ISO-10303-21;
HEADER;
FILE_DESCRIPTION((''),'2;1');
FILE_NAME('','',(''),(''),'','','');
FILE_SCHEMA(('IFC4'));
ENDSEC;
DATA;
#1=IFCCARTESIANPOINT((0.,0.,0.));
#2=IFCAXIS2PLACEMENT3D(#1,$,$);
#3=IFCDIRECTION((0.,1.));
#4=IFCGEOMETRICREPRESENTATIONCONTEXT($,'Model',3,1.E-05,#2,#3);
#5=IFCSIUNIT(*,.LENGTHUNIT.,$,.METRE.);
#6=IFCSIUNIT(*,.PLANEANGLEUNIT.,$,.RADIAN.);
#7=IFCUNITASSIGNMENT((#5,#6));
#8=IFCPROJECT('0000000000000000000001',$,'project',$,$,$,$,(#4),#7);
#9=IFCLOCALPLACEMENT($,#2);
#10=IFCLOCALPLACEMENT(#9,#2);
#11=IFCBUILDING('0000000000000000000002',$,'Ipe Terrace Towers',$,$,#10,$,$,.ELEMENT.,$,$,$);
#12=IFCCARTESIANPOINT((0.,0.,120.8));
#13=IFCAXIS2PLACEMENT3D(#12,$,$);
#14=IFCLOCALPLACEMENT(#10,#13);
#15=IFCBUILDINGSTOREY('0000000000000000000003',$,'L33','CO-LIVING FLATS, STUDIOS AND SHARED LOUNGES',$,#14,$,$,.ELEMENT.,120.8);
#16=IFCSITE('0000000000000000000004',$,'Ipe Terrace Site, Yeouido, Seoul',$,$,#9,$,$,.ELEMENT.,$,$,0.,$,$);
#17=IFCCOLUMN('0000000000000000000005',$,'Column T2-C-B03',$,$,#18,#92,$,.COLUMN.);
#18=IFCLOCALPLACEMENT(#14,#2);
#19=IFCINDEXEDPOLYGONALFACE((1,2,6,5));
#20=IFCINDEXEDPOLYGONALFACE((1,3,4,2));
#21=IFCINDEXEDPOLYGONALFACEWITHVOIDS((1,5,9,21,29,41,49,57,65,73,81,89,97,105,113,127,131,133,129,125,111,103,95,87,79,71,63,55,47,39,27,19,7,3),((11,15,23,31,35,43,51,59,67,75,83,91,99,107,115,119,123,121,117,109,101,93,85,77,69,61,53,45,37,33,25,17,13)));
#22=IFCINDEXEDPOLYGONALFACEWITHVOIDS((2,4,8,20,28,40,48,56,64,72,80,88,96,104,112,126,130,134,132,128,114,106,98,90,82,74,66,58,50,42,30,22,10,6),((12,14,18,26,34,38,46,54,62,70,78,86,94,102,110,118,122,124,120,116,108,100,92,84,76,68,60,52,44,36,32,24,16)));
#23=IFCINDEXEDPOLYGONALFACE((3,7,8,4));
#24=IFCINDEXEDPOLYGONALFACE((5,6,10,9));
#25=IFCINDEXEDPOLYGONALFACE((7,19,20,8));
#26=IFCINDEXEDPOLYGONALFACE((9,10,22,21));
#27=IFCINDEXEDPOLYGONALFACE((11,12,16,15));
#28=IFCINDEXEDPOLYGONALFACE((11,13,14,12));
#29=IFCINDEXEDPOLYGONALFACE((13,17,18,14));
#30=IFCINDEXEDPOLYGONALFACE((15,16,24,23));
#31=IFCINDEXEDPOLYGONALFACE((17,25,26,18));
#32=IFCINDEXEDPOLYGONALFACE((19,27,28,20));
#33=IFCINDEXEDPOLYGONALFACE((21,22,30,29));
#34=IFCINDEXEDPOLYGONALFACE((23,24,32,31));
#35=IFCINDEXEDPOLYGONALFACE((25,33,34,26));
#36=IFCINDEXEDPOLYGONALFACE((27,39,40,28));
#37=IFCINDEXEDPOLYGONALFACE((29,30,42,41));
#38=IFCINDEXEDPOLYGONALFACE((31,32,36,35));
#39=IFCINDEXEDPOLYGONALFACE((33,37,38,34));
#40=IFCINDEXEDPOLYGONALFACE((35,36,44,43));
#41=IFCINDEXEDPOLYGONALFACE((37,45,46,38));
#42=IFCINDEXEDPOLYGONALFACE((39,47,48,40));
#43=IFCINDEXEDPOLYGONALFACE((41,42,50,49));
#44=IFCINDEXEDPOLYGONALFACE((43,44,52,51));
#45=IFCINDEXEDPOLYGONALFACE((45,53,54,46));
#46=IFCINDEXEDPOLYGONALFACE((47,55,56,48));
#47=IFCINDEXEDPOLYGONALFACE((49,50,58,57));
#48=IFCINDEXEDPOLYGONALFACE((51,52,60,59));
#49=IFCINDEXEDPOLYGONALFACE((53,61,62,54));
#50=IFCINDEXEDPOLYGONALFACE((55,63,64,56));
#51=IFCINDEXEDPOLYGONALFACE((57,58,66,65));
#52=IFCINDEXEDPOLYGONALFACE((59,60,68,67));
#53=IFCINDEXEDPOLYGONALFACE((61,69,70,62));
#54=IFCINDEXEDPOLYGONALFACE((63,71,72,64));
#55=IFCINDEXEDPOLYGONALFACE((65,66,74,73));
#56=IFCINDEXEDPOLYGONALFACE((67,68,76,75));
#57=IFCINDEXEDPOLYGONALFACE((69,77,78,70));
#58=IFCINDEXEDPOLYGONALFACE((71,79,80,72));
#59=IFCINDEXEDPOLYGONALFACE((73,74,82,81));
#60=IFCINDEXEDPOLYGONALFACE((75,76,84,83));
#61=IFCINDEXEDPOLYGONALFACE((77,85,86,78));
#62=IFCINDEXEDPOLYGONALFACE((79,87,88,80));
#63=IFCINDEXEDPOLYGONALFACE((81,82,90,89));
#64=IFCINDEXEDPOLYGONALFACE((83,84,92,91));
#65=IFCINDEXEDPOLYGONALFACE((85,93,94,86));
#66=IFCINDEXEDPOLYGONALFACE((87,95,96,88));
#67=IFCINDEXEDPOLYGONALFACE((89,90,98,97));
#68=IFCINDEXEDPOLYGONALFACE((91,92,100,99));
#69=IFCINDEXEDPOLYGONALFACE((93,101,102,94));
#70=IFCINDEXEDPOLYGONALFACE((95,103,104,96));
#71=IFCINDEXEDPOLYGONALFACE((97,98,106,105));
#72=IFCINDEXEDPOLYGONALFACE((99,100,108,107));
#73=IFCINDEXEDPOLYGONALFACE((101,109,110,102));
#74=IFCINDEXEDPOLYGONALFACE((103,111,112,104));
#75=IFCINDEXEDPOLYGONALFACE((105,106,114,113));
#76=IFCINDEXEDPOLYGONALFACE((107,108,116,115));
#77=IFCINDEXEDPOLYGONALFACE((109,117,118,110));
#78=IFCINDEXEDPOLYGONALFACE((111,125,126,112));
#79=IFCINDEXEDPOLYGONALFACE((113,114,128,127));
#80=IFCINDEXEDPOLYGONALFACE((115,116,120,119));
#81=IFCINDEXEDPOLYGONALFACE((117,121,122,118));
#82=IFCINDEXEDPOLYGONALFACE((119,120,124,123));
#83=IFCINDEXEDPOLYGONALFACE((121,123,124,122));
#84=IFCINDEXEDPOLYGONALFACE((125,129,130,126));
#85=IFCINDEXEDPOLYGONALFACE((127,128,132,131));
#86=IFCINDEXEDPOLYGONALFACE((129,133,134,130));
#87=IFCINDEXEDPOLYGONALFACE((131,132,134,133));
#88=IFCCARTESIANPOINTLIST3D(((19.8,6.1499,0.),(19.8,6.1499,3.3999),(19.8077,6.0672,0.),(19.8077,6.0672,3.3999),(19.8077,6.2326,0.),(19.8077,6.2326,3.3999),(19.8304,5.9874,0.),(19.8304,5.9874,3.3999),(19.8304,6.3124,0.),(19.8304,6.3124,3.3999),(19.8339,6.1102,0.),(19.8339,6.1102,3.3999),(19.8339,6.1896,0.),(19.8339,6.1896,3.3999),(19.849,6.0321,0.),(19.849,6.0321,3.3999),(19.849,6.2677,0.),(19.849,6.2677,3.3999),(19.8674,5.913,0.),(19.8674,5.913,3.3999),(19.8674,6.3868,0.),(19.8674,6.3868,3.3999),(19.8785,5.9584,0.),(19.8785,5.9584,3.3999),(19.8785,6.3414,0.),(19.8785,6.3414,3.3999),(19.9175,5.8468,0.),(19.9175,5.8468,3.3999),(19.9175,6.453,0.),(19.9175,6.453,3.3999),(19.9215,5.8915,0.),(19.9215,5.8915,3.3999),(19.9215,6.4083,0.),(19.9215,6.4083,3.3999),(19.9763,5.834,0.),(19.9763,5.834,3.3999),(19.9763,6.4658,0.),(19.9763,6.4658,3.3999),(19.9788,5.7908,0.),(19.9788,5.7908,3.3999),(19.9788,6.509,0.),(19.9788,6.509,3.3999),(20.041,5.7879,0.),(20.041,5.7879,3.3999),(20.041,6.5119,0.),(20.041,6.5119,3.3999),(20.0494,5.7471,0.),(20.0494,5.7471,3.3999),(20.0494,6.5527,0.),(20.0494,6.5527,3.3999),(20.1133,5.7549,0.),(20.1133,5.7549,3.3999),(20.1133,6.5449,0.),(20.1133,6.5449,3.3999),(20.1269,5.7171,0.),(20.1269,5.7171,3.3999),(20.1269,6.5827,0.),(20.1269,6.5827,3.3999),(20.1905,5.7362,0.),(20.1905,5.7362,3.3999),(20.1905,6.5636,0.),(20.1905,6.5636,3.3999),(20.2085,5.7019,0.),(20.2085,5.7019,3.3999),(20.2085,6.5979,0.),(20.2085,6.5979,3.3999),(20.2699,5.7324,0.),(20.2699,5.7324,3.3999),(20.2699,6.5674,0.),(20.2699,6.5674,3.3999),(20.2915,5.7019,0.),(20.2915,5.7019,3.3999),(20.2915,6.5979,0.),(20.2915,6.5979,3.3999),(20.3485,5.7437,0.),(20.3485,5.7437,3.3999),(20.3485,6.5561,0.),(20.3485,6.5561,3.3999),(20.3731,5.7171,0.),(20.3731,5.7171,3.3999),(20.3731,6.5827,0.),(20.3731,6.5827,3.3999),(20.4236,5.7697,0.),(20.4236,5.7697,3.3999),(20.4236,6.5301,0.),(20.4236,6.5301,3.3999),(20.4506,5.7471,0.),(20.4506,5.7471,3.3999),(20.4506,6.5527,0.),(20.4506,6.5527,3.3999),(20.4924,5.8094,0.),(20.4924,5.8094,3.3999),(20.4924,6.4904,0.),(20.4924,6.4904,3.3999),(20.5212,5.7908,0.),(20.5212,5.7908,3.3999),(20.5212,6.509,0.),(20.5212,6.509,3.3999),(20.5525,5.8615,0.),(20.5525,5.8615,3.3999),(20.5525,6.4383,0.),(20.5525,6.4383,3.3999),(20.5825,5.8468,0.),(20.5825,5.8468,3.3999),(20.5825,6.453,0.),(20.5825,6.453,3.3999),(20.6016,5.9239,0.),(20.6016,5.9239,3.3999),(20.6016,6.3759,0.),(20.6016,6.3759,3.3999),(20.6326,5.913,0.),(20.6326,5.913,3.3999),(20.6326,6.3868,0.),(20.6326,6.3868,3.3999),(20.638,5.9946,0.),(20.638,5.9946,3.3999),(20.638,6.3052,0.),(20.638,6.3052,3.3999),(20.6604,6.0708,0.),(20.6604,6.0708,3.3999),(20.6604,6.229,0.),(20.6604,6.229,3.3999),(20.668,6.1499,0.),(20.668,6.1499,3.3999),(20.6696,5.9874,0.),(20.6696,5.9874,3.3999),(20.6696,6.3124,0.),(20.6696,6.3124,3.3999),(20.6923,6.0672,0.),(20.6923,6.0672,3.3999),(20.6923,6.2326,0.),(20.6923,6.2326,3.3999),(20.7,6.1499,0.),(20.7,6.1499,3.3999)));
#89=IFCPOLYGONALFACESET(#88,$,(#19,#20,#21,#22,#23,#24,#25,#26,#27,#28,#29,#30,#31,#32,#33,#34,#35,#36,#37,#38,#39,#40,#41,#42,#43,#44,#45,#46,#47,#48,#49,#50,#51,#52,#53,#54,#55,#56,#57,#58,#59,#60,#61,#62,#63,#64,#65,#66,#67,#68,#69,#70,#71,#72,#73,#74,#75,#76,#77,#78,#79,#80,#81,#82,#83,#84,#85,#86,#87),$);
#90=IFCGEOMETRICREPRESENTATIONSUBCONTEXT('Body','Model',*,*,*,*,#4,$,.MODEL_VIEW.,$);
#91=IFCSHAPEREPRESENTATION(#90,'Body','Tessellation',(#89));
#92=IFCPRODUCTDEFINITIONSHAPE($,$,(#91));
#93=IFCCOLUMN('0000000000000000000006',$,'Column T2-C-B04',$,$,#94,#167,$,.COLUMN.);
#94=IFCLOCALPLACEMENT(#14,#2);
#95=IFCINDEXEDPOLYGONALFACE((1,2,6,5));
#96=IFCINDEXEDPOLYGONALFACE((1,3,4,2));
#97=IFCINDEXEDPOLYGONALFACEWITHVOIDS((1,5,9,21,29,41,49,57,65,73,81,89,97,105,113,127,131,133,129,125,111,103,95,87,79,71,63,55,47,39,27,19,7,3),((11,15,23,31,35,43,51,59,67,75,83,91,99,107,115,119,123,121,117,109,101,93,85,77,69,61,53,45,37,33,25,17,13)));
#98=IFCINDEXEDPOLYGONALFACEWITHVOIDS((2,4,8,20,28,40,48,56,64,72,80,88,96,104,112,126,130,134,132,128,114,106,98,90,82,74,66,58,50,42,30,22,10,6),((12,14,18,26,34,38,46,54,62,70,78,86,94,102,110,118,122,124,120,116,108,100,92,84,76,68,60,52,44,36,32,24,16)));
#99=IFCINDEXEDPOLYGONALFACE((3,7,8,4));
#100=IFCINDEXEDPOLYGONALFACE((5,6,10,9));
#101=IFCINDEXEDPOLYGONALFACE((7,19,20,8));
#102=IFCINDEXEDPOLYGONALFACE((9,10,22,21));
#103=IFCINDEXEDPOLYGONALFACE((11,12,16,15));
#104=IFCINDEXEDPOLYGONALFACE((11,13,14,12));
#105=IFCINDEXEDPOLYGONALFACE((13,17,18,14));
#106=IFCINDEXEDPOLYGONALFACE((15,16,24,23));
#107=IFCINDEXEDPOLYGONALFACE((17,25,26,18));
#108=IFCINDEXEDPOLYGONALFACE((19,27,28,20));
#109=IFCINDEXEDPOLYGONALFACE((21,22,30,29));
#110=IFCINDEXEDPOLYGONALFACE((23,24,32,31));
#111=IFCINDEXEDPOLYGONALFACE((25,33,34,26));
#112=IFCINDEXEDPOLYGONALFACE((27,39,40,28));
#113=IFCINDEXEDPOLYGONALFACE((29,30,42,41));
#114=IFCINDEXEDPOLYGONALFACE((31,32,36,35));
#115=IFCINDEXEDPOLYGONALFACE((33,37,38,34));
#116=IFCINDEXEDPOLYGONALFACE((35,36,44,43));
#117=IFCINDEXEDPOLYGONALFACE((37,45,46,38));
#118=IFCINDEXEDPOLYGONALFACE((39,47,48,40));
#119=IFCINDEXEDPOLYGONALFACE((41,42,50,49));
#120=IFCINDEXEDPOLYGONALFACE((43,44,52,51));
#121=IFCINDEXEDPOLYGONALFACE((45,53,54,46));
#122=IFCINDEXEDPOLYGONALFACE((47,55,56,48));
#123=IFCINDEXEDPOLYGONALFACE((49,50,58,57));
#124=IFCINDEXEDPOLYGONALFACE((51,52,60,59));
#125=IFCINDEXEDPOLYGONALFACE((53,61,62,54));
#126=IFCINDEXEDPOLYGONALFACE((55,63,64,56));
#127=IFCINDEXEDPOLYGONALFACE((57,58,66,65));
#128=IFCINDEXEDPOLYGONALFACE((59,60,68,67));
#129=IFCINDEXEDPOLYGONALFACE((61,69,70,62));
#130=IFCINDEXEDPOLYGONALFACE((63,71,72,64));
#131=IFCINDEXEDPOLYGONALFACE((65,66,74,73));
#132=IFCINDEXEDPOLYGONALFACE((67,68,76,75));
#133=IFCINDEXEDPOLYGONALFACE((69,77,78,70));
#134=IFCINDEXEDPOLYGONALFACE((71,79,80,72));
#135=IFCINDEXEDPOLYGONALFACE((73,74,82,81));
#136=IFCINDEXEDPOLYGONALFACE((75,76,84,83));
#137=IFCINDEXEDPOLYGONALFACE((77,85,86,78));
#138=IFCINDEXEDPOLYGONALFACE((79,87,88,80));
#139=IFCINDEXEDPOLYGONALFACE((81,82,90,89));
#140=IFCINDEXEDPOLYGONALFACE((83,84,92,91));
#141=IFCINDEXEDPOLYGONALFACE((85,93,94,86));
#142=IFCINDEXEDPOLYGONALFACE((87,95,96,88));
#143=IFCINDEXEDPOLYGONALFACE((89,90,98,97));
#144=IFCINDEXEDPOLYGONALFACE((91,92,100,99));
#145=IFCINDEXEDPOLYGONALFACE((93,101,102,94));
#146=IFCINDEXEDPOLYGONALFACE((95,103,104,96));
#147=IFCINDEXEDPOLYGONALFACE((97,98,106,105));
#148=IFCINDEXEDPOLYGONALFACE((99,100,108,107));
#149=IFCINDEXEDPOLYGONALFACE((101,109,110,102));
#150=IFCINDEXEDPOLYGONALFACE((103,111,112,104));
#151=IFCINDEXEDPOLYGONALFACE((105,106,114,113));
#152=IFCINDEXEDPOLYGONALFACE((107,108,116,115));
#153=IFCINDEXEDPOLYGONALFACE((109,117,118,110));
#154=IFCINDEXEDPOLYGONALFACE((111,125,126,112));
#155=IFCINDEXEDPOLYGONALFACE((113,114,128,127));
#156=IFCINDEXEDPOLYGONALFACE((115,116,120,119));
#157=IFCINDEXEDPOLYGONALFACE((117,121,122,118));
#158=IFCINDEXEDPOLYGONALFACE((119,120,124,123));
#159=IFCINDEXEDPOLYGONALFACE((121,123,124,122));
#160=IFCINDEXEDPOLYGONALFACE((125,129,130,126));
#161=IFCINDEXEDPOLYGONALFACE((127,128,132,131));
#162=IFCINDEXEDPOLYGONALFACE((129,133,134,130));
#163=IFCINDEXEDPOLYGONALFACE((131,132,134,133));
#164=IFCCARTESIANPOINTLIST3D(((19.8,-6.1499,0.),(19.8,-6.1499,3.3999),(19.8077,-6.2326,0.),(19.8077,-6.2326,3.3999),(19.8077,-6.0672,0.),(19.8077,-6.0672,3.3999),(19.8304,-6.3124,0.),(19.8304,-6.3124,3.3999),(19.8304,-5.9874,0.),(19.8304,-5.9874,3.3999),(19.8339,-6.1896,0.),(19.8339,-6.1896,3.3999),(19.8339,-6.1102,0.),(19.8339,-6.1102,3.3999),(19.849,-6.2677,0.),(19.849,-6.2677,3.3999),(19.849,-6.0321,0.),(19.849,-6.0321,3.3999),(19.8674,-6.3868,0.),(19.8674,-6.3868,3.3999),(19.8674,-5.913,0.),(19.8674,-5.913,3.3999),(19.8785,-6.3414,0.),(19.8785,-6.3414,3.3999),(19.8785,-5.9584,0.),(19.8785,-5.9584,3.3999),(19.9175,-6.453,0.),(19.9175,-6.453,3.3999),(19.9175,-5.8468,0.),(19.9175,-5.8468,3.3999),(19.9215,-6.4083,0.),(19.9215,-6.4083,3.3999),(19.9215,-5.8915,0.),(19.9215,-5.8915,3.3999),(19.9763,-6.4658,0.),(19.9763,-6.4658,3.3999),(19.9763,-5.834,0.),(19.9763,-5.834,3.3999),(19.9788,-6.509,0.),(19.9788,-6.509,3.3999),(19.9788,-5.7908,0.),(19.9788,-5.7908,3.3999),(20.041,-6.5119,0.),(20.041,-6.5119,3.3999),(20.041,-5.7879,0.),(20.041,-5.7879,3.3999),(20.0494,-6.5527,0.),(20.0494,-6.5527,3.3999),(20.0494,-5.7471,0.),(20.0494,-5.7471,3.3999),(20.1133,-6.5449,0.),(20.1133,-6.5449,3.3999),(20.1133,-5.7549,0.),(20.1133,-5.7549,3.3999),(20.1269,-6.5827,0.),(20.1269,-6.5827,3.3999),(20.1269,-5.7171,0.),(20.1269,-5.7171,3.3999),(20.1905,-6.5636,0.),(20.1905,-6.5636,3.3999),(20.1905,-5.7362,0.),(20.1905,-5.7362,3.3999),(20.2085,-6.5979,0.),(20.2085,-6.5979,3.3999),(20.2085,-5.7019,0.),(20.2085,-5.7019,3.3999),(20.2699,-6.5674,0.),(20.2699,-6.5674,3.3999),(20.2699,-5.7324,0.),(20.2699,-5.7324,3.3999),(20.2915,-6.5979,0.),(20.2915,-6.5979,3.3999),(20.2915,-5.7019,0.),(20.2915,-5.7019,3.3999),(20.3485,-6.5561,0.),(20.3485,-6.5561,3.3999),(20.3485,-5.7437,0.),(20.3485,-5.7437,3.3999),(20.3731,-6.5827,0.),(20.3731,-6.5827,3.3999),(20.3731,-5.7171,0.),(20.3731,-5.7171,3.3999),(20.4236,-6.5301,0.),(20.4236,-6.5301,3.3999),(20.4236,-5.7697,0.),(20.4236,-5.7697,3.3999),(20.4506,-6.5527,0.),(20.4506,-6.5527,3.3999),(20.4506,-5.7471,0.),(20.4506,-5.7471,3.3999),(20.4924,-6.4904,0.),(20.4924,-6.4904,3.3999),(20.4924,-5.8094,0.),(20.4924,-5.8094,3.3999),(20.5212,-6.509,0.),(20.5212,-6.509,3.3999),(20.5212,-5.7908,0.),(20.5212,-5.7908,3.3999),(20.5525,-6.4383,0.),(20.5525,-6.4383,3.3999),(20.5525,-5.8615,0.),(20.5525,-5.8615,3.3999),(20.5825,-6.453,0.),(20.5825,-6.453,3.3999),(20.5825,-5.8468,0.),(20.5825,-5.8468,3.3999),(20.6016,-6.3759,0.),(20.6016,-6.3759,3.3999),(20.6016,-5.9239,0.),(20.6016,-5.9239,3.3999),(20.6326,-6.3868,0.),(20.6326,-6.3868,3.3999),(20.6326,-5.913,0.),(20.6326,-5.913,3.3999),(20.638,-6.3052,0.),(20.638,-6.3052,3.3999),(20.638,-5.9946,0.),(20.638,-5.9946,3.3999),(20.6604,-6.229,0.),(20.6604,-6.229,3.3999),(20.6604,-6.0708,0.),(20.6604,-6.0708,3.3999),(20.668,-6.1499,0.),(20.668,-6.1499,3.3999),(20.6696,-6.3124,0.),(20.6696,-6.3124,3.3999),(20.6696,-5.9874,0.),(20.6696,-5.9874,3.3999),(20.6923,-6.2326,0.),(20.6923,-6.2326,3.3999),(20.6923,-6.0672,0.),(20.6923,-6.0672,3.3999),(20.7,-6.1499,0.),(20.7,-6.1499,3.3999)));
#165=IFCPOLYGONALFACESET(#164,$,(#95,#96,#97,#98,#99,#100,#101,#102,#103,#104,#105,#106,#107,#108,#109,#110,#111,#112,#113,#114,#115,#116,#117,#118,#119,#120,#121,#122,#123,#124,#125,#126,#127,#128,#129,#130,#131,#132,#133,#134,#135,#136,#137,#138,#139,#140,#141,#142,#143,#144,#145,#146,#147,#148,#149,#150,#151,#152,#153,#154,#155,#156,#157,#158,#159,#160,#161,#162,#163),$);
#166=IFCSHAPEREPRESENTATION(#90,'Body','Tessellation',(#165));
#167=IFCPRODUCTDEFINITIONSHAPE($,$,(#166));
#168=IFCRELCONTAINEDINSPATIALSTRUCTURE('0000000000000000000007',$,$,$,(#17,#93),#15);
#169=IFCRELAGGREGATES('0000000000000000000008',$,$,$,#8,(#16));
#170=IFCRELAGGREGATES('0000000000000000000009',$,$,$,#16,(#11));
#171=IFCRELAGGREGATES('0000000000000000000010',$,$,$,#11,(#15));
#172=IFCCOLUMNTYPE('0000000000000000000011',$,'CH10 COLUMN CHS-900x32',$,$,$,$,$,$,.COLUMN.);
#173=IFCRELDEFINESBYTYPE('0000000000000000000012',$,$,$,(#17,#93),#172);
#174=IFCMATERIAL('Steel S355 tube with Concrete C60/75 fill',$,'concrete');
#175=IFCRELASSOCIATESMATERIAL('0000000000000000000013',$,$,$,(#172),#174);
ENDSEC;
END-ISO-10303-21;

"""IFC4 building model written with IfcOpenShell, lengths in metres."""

from ifc_helpers import new_model, si_unit, direction, frame, origin, origin_2d, place, context, subcontext, project, spatial, hollow_circle, extrude, material, material_profile, profile_set, type_object, element, save


model = new_model("IFC4")

# Units and contexts
model_context = context("Model", 3, precision=1e-05, world=origin(), true_north=direction((0.0, 1.0)))
body_context = subcontext(model_context, "Body", "Model", "MODEL_VIEW")
ifc_project = project(units=[si_unit("LENGTHUNIT", "METRE"), si_unit("PLANEANGLEUNIT", "RADIAN")], contexts=[model_context])

# Site, building, storey
site_placement = place(None, origin())
site = spatial("IfcSite", under=ifc_project, at=site_placement, Name="Ipe Terrace Site, Yeouido, Seoul", CompositionType="ELEMENT", RefElevation=0.0)
building_placement = place(site_placement, origin())
building = spatial("IfcBuilding", under=site, at=building_placement, Name="Ipe Terrace Towers", CompositionType="ELEMENT")
storey_placement = place(building_placement, frame((0.0, 0.0, 120.8)))
storey = spatial("IfcBuildingStorey", under=building, at=storey_placement, Name="L33", Description="CO-LIVING FLATS, STUDIOS AND SHARED LOUNGES", CompositionType="ELEMENT", Elevation=120.8)

# Columns
ifc_material_1 = material(Name="Steel S355 tube with Concrete C60/75 fill", Category="concrete")
ifc_material_profile_1 = material_profile(ifc_material_1, hollow_circle(Radius=0.45, WallThickness=0.032, at=origin_2d()), Name="CHS-900x32")
ifc_profile_set_1 = profile_set([ifc_material_profile_1], Name="Steel S355 tube with Concrete C60/75 fill")
column_type = type_object("IfcColumnType", Name="CH10 COLUMN CHS-900x32", PredefinedType="COLUMN", material=ifc_profile_set_1)
for number, where, z_axis, x_axis, name in (
    (1, (20.25, 6.1499, 0.0), (0.0, 0.0, 1.0), (1.0, 0.0, 0.0), "Column T2-C-B03"),
    (2, (20.25, -6.1499, 0.0), (0.0, 0.0, 1.0), (1.0, 0.0, 0.0), "Column T2-C-B04"),
):
    element("IfcColumn", number, at=place(storey_placement, frame(where, z_axis=z_axis, x_axis=x_axis)), inside=storey, type_object=column_type, Name=name, PredefinedType="COLUMN", context=body_context, shape_type="SweptSolid", body=[
        extrude(hollow_circle(Radius=0.45, WallThickness=0.032, at=origin_2d()), origin(), (0.0, 0.0, 1.0), 3.3999),
    ])

save(model, "model.ifc")
